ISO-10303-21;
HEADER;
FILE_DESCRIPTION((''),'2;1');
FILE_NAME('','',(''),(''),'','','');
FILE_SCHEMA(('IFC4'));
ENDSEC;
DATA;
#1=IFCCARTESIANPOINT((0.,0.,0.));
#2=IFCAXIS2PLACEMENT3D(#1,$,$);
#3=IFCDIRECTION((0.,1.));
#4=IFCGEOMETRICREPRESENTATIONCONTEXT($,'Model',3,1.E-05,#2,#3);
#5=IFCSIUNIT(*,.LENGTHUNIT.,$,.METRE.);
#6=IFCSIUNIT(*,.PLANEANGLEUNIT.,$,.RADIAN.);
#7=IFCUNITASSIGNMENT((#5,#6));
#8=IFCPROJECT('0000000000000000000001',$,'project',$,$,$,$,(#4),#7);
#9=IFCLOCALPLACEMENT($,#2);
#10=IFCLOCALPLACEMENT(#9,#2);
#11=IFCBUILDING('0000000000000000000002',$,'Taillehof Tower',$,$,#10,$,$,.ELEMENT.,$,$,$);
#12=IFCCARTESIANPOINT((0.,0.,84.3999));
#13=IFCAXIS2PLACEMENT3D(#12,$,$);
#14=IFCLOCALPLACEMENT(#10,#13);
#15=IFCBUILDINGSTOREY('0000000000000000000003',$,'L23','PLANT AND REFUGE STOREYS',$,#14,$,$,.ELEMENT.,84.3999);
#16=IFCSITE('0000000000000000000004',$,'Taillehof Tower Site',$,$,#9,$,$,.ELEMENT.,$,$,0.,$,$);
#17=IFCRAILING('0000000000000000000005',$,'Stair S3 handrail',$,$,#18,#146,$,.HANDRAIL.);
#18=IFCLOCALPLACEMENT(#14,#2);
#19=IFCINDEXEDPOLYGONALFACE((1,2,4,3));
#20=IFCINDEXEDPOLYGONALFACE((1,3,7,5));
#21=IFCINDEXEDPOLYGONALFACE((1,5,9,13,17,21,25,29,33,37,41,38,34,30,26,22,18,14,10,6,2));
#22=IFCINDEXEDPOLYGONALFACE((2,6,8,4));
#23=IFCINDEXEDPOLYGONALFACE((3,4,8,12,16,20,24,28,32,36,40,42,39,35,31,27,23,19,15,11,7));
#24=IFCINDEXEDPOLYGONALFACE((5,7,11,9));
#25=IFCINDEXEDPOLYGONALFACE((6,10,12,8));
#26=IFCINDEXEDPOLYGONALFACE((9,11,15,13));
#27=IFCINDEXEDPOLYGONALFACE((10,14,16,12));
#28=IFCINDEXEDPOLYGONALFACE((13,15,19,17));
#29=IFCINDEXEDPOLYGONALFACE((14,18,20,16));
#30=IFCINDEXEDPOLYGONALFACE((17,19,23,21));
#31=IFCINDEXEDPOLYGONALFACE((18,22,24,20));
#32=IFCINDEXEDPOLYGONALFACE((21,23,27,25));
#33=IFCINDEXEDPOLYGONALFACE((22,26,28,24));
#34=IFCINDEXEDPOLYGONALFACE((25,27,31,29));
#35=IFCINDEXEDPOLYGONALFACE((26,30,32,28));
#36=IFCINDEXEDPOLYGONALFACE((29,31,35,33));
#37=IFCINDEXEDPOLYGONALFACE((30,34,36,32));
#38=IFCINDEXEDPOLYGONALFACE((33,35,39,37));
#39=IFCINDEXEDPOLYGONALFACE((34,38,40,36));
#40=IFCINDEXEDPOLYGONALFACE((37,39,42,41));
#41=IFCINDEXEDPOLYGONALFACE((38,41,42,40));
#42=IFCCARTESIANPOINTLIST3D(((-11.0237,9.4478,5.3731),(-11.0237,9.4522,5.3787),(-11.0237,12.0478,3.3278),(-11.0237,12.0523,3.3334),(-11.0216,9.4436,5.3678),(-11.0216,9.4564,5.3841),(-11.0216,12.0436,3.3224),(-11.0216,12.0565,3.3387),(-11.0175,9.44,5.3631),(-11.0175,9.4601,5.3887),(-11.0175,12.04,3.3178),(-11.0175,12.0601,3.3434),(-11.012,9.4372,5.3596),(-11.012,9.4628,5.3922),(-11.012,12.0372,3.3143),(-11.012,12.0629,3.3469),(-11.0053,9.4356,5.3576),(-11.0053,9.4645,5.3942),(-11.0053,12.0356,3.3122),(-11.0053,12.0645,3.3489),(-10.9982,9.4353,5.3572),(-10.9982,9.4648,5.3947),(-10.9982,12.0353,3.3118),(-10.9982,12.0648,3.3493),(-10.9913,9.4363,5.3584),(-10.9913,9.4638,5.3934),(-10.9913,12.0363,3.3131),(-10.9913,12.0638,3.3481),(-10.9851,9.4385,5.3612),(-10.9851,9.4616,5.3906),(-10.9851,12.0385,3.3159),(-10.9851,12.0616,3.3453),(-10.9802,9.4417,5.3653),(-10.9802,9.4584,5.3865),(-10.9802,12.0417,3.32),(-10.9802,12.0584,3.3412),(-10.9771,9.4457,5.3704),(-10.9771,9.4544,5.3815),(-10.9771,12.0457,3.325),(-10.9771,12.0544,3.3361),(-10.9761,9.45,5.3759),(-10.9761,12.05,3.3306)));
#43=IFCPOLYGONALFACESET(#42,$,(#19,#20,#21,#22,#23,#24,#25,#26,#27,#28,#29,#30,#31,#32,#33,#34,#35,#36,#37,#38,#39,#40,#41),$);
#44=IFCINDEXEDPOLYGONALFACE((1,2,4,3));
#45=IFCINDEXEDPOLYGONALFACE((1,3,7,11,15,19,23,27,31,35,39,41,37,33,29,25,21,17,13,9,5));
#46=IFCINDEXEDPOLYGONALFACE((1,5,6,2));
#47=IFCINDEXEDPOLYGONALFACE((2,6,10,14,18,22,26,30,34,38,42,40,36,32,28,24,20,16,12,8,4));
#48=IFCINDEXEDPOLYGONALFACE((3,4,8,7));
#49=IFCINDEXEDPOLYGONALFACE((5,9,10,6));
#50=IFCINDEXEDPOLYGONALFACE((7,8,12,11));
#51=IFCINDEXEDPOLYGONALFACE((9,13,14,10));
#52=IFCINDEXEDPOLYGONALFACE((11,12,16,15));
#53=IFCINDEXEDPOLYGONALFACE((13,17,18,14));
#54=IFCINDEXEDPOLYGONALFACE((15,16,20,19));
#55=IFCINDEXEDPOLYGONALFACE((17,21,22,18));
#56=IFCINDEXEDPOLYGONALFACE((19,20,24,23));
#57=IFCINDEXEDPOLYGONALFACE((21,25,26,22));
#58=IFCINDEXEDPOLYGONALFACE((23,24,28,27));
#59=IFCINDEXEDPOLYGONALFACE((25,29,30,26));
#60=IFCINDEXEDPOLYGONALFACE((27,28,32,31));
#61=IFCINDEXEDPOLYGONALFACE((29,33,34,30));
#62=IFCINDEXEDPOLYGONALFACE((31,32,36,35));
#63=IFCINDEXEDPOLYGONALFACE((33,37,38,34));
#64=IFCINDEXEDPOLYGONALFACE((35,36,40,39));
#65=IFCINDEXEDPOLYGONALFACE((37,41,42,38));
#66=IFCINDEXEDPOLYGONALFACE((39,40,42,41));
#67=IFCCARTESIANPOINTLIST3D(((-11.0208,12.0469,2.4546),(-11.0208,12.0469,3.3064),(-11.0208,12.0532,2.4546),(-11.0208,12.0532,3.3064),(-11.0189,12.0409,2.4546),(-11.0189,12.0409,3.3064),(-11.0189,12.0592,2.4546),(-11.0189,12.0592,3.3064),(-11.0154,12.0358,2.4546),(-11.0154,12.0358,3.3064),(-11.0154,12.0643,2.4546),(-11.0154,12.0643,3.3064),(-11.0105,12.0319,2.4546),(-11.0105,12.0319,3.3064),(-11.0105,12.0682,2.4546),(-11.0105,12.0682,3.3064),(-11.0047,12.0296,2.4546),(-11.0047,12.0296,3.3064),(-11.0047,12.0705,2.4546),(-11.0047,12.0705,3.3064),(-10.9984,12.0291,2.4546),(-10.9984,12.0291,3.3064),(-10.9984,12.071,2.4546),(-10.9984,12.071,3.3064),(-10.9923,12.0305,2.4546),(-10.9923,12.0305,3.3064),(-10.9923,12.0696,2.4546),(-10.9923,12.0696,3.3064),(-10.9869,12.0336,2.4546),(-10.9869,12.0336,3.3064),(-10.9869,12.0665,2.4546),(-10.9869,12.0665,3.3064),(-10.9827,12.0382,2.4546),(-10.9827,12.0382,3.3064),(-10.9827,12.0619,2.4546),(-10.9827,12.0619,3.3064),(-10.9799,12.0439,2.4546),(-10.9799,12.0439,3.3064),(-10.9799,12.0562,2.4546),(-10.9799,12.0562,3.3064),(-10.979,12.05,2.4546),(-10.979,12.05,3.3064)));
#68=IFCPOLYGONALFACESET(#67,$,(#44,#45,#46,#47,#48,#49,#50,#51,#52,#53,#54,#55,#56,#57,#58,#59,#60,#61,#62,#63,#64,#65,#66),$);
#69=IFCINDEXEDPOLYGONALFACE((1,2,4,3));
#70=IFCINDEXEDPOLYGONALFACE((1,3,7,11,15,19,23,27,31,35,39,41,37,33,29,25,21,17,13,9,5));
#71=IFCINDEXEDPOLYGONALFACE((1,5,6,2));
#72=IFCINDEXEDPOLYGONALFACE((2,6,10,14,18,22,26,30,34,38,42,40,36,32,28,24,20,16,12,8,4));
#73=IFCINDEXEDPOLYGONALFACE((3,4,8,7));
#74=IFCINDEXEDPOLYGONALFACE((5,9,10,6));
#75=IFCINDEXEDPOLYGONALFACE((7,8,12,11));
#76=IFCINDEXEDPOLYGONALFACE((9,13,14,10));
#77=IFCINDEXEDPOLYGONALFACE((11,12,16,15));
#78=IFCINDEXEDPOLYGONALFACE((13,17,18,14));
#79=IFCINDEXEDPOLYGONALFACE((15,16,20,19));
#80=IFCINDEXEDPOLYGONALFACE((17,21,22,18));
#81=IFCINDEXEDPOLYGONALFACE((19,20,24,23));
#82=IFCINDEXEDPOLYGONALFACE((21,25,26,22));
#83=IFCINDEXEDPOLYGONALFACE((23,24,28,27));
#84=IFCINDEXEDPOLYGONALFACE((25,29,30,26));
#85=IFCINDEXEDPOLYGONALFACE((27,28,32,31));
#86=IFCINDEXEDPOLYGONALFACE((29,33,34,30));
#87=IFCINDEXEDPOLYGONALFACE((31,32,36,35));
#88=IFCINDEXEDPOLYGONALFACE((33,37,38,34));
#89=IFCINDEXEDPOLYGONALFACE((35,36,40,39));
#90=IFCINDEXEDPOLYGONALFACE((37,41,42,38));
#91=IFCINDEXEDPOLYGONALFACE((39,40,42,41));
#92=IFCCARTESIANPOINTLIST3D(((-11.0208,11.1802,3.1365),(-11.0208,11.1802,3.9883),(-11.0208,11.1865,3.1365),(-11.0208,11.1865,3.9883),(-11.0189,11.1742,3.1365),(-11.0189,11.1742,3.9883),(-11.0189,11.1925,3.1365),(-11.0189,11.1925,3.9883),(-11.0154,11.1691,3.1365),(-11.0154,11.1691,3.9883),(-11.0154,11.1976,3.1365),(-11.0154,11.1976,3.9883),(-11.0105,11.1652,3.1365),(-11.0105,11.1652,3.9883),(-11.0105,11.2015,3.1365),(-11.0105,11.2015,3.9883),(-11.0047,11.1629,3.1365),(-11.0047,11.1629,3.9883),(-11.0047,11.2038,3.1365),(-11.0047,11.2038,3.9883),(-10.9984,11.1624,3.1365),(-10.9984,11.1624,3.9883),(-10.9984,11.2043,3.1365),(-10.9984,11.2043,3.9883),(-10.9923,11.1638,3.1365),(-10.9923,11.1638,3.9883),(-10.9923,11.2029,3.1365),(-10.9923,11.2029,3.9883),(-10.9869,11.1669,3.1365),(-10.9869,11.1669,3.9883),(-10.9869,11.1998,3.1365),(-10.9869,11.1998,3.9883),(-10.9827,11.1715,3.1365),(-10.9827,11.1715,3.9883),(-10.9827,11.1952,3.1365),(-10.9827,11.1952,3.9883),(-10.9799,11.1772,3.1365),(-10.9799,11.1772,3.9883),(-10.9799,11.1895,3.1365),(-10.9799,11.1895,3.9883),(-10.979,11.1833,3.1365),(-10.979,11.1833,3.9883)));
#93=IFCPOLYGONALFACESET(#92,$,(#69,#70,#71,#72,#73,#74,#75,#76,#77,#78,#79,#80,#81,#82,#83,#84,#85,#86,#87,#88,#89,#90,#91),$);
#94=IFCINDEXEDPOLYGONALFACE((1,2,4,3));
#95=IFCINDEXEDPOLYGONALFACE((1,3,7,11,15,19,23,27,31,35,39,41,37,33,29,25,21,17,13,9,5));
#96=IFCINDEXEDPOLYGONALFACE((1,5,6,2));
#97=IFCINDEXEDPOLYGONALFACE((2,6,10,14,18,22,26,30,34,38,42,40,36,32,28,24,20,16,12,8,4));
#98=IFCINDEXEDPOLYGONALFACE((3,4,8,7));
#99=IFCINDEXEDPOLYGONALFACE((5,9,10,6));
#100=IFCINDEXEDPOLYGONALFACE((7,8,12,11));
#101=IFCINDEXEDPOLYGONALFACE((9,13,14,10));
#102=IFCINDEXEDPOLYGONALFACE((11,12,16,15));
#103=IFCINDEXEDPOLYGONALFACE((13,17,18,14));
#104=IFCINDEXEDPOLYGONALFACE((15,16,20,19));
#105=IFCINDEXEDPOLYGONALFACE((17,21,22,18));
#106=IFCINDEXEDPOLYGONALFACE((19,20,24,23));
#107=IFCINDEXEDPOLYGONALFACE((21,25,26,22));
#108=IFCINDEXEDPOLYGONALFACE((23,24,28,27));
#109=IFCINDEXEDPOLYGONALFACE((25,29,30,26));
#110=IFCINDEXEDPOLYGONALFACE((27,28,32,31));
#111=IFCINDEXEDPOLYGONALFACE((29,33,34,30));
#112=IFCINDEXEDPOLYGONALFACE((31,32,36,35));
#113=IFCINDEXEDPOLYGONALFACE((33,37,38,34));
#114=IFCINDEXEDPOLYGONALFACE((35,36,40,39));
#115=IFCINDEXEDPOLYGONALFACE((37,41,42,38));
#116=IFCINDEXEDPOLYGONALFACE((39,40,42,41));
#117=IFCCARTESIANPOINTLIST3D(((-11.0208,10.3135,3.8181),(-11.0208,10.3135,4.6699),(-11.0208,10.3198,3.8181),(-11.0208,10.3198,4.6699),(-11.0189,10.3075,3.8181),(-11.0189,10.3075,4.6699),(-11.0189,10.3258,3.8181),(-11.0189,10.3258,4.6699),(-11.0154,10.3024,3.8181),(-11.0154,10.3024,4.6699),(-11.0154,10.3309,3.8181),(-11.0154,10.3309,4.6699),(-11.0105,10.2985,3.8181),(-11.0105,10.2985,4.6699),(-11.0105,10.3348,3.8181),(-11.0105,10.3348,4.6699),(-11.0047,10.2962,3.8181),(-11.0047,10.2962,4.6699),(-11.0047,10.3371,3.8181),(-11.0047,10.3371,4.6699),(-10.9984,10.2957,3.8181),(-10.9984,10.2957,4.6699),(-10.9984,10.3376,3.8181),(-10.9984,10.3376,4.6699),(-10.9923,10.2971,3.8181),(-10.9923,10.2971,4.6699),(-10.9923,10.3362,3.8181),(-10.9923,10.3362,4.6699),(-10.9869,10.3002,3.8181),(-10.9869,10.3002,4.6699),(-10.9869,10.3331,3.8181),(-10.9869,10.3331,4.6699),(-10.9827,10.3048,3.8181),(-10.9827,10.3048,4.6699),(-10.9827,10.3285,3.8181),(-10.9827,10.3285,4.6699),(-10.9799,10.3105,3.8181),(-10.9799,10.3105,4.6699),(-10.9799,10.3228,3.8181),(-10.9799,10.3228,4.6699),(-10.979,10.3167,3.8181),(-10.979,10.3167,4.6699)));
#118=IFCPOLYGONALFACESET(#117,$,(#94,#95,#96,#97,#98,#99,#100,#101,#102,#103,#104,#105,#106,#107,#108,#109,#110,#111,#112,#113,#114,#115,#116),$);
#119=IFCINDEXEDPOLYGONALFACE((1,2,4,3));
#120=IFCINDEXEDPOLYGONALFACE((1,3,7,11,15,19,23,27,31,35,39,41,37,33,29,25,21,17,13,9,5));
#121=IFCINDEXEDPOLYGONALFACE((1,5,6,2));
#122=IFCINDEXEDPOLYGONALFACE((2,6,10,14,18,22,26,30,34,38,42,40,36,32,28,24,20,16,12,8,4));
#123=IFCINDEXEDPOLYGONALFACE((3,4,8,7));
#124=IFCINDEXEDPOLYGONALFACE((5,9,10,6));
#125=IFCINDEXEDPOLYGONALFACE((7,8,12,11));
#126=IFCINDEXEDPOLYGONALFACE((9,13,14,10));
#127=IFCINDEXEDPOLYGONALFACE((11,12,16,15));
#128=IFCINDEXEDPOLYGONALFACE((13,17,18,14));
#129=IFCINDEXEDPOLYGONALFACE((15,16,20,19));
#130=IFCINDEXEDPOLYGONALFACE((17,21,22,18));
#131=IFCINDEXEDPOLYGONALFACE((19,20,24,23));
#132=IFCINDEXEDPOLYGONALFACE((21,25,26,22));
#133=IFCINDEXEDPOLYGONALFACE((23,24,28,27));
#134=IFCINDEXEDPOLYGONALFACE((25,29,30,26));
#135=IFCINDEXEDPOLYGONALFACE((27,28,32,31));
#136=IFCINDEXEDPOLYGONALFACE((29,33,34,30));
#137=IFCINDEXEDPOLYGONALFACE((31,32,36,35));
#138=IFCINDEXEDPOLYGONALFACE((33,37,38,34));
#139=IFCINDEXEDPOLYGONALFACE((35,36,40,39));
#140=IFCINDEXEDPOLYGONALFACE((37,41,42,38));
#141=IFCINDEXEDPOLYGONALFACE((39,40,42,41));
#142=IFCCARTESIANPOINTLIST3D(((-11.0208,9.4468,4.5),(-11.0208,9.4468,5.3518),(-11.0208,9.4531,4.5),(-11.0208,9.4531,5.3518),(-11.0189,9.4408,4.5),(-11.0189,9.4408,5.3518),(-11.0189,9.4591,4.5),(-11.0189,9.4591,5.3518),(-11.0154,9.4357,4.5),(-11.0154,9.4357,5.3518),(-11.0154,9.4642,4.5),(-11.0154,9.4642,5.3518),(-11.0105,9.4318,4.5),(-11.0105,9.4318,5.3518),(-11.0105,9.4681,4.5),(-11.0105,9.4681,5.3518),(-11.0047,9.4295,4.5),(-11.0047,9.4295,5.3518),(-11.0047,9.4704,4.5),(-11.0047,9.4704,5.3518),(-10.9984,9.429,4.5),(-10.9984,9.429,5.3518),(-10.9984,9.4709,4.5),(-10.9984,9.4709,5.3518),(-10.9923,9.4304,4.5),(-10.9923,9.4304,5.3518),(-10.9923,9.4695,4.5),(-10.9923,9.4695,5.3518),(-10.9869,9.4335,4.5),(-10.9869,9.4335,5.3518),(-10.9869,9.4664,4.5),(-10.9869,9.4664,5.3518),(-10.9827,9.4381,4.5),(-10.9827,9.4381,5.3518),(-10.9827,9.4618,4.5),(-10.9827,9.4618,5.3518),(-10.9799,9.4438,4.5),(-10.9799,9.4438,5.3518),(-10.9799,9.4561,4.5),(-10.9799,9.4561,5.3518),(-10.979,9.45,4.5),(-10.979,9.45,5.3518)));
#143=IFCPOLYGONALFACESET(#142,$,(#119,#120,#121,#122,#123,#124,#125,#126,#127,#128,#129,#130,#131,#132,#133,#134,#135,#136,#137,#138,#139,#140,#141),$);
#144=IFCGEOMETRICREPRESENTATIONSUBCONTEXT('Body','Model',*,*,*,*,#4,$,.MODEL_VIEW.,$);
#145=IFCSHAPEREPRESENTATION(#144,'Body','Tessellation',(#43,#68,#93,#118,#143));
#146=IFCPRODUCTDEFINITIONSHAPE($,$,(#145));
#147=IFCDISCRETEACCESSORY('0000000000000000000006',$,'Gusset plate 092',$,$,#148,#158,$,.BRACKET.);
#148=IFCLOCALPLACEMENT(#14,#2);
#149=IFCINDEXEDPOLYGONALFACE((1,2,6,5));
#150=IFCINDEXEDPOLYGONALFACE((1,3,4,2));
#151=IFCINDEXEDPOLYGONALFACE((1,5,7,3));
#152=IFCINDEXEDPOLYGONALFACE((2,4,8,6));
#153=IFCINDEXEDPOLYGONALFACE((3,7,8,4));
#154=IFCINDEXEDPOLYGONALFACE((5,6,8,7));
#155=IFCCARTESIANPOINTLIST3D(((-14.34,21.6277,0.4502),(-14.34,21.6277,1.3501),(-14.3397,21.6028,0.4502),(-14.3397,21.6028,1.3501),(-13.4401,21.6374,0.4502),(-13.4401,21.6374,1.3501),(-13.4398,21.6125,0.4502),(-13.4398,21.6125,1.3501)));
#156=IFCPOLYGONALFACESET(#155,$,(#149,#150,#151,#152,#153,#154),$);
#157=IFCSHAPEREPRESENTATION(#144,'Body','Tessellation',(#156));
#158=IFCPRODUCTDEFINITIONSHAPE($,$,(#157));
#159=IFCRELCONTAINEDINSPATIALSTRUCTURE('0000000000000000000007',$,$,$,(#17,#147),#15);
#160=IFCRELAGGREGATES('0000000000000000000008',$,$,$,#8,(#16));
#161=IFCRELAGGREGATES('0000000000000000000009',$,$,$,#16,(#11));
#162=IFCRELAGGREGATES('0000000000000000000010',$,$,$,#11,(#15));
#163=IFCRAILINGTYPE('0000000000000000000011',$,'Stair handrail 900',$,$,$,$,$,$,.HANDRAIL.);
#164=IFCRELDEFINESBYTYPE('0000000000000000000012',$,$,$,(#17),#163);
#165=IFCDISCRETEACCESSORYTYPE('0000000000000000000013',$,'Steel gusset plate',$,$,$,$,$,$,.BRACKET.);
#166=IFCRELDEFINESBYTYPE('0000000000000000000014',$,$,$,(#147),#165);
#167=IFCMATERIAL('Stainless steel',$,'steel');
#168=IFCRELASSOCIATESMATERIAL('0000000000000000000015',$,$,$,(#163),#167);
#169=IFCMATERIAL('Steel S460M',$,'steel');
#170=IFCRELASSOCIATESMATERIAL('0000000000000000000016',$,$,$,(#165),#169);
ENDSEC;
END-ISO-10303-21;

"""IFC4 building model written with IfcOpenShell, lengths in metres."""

from ifc_helpers import new_model, si_unit, direction, frame, origin, origin_2d, place, context, subcontext, project, spatial, rectangle, circle, extrude, material, type_object, element, save


model = new_model("IFC4")

# Units and contexts
model_context = context("Model", 3, precision=1e-05, world=origin(), true_north=direction((0.0, 1.0)))
body_context = subcontext(model_context, "Body", "Model", "MODEL_VIEW")
ifc_project = project(units=[si_unit("LENGTHUNIT", "METRE"), si_unit("PLANEANGLEUNIT", "RADIAN")], contexts=[model_context])

# Site, building, storey
site_placement = place(None, origin())
site = spatial("IfcSite", under=ifc_project, at=site_placement, Name="Taillehof Tower Site", CompositionType="ELEMENT", RefElevation=0.0)
building_placement = place(site_placement, origin())
building = spatial("IfcBuilding", under=site, at=building_placement, Name="Taillehof Tower", CompositionType="ELEMENT")
storey_placement = place(building_placement, frame((0.0, 0.0, 84.3999)))
storey = spatial("IfcBuildingStorey", under=building, at=storey_placement, Name="L23", Description="PLANT AND REFUGE STOREYS", CompositionType="ELEMENT", Elevation=84.3999)

# Railing
ifc_material_1 = material(Name="Stainless steel", Category="steel")
railing_type = type_object("IfcRailingType", Name="Stair handrail 900", PredefinedType="HANDRAIL", material=ifc_material_1)
railing_1_placement = place(storey_placement, frame((-11.0, 12.05, 2.4546)))
element("IfcRailing", 1, at=railing_1_placement, inside=storey, type_object=railing_type, Name="Stair S3 handrail", PredefinedType="HANDRAIL", context=body_context, shape_type="SweptSolid", body=[
    extrude(circle(Radius=0.0239, at=origin_2d()), frame((0.0, 0.0, 0.876), z_axis=(0.0, -0.785955, 0.618284), x_axis=(1.0, 0.0, 0.0)), (0.0, 0.0, 1.0), 3.3081),
    extrude(circle(Radius=0.021, at=origin_2d()), origin(), (0.0, 0.0, 1.0), 0.8518),
    extrude(circle(Radius=0.021, at=origin_2d()), frame((0.0, -0.8667, 0.6819)), (0.0, 0.0, 1.0), 0.8518),
    extrude(circle(Radius=0.021, at=origin_2d()), frame((0.0, -1.7334, 1.3635)), (0.0, 0.0, 1.0), 0.8518),
    extrude(circle(Radius=0.021, at=origin_2d()), frame((0.0, -2.6001, 2.0454)), (0.0, 0.0, 1.0), 0.8518),
])

# Discrete accessory
ifc_material_2 = material(Name="Steel S460M", Category="steel")
discrete_accessory_type = type_object("IfcDiscreteAccessoryType", Name="Steel gusset plate", PredefinedType="BRACKET", material=ifc_material_2)
discrete_accessory_placement = place(storey_placement, frame((-13.8899, 21.6201, 0.4502), z_axis=(0.0, 0.0, 1.0), x_axis=(-0.999941, -0.010831, 0.0)))
element("IfcDiscreteAccessory", 2, at=discrete_accessory_placement, inside=storey, type_object=discrete_accessory_type, Name="Gusset plate 092", PredefinedType="BRACKET", context=body_context, shape_type="SweptSolid", body=[
    extrude(rectangle(XDim=0.8999, YDim=0.0249, at=origin_2d()), origin(), (0.0, 0.0, 1.0), 0.8999),
])

save(model, "model.ifc")
